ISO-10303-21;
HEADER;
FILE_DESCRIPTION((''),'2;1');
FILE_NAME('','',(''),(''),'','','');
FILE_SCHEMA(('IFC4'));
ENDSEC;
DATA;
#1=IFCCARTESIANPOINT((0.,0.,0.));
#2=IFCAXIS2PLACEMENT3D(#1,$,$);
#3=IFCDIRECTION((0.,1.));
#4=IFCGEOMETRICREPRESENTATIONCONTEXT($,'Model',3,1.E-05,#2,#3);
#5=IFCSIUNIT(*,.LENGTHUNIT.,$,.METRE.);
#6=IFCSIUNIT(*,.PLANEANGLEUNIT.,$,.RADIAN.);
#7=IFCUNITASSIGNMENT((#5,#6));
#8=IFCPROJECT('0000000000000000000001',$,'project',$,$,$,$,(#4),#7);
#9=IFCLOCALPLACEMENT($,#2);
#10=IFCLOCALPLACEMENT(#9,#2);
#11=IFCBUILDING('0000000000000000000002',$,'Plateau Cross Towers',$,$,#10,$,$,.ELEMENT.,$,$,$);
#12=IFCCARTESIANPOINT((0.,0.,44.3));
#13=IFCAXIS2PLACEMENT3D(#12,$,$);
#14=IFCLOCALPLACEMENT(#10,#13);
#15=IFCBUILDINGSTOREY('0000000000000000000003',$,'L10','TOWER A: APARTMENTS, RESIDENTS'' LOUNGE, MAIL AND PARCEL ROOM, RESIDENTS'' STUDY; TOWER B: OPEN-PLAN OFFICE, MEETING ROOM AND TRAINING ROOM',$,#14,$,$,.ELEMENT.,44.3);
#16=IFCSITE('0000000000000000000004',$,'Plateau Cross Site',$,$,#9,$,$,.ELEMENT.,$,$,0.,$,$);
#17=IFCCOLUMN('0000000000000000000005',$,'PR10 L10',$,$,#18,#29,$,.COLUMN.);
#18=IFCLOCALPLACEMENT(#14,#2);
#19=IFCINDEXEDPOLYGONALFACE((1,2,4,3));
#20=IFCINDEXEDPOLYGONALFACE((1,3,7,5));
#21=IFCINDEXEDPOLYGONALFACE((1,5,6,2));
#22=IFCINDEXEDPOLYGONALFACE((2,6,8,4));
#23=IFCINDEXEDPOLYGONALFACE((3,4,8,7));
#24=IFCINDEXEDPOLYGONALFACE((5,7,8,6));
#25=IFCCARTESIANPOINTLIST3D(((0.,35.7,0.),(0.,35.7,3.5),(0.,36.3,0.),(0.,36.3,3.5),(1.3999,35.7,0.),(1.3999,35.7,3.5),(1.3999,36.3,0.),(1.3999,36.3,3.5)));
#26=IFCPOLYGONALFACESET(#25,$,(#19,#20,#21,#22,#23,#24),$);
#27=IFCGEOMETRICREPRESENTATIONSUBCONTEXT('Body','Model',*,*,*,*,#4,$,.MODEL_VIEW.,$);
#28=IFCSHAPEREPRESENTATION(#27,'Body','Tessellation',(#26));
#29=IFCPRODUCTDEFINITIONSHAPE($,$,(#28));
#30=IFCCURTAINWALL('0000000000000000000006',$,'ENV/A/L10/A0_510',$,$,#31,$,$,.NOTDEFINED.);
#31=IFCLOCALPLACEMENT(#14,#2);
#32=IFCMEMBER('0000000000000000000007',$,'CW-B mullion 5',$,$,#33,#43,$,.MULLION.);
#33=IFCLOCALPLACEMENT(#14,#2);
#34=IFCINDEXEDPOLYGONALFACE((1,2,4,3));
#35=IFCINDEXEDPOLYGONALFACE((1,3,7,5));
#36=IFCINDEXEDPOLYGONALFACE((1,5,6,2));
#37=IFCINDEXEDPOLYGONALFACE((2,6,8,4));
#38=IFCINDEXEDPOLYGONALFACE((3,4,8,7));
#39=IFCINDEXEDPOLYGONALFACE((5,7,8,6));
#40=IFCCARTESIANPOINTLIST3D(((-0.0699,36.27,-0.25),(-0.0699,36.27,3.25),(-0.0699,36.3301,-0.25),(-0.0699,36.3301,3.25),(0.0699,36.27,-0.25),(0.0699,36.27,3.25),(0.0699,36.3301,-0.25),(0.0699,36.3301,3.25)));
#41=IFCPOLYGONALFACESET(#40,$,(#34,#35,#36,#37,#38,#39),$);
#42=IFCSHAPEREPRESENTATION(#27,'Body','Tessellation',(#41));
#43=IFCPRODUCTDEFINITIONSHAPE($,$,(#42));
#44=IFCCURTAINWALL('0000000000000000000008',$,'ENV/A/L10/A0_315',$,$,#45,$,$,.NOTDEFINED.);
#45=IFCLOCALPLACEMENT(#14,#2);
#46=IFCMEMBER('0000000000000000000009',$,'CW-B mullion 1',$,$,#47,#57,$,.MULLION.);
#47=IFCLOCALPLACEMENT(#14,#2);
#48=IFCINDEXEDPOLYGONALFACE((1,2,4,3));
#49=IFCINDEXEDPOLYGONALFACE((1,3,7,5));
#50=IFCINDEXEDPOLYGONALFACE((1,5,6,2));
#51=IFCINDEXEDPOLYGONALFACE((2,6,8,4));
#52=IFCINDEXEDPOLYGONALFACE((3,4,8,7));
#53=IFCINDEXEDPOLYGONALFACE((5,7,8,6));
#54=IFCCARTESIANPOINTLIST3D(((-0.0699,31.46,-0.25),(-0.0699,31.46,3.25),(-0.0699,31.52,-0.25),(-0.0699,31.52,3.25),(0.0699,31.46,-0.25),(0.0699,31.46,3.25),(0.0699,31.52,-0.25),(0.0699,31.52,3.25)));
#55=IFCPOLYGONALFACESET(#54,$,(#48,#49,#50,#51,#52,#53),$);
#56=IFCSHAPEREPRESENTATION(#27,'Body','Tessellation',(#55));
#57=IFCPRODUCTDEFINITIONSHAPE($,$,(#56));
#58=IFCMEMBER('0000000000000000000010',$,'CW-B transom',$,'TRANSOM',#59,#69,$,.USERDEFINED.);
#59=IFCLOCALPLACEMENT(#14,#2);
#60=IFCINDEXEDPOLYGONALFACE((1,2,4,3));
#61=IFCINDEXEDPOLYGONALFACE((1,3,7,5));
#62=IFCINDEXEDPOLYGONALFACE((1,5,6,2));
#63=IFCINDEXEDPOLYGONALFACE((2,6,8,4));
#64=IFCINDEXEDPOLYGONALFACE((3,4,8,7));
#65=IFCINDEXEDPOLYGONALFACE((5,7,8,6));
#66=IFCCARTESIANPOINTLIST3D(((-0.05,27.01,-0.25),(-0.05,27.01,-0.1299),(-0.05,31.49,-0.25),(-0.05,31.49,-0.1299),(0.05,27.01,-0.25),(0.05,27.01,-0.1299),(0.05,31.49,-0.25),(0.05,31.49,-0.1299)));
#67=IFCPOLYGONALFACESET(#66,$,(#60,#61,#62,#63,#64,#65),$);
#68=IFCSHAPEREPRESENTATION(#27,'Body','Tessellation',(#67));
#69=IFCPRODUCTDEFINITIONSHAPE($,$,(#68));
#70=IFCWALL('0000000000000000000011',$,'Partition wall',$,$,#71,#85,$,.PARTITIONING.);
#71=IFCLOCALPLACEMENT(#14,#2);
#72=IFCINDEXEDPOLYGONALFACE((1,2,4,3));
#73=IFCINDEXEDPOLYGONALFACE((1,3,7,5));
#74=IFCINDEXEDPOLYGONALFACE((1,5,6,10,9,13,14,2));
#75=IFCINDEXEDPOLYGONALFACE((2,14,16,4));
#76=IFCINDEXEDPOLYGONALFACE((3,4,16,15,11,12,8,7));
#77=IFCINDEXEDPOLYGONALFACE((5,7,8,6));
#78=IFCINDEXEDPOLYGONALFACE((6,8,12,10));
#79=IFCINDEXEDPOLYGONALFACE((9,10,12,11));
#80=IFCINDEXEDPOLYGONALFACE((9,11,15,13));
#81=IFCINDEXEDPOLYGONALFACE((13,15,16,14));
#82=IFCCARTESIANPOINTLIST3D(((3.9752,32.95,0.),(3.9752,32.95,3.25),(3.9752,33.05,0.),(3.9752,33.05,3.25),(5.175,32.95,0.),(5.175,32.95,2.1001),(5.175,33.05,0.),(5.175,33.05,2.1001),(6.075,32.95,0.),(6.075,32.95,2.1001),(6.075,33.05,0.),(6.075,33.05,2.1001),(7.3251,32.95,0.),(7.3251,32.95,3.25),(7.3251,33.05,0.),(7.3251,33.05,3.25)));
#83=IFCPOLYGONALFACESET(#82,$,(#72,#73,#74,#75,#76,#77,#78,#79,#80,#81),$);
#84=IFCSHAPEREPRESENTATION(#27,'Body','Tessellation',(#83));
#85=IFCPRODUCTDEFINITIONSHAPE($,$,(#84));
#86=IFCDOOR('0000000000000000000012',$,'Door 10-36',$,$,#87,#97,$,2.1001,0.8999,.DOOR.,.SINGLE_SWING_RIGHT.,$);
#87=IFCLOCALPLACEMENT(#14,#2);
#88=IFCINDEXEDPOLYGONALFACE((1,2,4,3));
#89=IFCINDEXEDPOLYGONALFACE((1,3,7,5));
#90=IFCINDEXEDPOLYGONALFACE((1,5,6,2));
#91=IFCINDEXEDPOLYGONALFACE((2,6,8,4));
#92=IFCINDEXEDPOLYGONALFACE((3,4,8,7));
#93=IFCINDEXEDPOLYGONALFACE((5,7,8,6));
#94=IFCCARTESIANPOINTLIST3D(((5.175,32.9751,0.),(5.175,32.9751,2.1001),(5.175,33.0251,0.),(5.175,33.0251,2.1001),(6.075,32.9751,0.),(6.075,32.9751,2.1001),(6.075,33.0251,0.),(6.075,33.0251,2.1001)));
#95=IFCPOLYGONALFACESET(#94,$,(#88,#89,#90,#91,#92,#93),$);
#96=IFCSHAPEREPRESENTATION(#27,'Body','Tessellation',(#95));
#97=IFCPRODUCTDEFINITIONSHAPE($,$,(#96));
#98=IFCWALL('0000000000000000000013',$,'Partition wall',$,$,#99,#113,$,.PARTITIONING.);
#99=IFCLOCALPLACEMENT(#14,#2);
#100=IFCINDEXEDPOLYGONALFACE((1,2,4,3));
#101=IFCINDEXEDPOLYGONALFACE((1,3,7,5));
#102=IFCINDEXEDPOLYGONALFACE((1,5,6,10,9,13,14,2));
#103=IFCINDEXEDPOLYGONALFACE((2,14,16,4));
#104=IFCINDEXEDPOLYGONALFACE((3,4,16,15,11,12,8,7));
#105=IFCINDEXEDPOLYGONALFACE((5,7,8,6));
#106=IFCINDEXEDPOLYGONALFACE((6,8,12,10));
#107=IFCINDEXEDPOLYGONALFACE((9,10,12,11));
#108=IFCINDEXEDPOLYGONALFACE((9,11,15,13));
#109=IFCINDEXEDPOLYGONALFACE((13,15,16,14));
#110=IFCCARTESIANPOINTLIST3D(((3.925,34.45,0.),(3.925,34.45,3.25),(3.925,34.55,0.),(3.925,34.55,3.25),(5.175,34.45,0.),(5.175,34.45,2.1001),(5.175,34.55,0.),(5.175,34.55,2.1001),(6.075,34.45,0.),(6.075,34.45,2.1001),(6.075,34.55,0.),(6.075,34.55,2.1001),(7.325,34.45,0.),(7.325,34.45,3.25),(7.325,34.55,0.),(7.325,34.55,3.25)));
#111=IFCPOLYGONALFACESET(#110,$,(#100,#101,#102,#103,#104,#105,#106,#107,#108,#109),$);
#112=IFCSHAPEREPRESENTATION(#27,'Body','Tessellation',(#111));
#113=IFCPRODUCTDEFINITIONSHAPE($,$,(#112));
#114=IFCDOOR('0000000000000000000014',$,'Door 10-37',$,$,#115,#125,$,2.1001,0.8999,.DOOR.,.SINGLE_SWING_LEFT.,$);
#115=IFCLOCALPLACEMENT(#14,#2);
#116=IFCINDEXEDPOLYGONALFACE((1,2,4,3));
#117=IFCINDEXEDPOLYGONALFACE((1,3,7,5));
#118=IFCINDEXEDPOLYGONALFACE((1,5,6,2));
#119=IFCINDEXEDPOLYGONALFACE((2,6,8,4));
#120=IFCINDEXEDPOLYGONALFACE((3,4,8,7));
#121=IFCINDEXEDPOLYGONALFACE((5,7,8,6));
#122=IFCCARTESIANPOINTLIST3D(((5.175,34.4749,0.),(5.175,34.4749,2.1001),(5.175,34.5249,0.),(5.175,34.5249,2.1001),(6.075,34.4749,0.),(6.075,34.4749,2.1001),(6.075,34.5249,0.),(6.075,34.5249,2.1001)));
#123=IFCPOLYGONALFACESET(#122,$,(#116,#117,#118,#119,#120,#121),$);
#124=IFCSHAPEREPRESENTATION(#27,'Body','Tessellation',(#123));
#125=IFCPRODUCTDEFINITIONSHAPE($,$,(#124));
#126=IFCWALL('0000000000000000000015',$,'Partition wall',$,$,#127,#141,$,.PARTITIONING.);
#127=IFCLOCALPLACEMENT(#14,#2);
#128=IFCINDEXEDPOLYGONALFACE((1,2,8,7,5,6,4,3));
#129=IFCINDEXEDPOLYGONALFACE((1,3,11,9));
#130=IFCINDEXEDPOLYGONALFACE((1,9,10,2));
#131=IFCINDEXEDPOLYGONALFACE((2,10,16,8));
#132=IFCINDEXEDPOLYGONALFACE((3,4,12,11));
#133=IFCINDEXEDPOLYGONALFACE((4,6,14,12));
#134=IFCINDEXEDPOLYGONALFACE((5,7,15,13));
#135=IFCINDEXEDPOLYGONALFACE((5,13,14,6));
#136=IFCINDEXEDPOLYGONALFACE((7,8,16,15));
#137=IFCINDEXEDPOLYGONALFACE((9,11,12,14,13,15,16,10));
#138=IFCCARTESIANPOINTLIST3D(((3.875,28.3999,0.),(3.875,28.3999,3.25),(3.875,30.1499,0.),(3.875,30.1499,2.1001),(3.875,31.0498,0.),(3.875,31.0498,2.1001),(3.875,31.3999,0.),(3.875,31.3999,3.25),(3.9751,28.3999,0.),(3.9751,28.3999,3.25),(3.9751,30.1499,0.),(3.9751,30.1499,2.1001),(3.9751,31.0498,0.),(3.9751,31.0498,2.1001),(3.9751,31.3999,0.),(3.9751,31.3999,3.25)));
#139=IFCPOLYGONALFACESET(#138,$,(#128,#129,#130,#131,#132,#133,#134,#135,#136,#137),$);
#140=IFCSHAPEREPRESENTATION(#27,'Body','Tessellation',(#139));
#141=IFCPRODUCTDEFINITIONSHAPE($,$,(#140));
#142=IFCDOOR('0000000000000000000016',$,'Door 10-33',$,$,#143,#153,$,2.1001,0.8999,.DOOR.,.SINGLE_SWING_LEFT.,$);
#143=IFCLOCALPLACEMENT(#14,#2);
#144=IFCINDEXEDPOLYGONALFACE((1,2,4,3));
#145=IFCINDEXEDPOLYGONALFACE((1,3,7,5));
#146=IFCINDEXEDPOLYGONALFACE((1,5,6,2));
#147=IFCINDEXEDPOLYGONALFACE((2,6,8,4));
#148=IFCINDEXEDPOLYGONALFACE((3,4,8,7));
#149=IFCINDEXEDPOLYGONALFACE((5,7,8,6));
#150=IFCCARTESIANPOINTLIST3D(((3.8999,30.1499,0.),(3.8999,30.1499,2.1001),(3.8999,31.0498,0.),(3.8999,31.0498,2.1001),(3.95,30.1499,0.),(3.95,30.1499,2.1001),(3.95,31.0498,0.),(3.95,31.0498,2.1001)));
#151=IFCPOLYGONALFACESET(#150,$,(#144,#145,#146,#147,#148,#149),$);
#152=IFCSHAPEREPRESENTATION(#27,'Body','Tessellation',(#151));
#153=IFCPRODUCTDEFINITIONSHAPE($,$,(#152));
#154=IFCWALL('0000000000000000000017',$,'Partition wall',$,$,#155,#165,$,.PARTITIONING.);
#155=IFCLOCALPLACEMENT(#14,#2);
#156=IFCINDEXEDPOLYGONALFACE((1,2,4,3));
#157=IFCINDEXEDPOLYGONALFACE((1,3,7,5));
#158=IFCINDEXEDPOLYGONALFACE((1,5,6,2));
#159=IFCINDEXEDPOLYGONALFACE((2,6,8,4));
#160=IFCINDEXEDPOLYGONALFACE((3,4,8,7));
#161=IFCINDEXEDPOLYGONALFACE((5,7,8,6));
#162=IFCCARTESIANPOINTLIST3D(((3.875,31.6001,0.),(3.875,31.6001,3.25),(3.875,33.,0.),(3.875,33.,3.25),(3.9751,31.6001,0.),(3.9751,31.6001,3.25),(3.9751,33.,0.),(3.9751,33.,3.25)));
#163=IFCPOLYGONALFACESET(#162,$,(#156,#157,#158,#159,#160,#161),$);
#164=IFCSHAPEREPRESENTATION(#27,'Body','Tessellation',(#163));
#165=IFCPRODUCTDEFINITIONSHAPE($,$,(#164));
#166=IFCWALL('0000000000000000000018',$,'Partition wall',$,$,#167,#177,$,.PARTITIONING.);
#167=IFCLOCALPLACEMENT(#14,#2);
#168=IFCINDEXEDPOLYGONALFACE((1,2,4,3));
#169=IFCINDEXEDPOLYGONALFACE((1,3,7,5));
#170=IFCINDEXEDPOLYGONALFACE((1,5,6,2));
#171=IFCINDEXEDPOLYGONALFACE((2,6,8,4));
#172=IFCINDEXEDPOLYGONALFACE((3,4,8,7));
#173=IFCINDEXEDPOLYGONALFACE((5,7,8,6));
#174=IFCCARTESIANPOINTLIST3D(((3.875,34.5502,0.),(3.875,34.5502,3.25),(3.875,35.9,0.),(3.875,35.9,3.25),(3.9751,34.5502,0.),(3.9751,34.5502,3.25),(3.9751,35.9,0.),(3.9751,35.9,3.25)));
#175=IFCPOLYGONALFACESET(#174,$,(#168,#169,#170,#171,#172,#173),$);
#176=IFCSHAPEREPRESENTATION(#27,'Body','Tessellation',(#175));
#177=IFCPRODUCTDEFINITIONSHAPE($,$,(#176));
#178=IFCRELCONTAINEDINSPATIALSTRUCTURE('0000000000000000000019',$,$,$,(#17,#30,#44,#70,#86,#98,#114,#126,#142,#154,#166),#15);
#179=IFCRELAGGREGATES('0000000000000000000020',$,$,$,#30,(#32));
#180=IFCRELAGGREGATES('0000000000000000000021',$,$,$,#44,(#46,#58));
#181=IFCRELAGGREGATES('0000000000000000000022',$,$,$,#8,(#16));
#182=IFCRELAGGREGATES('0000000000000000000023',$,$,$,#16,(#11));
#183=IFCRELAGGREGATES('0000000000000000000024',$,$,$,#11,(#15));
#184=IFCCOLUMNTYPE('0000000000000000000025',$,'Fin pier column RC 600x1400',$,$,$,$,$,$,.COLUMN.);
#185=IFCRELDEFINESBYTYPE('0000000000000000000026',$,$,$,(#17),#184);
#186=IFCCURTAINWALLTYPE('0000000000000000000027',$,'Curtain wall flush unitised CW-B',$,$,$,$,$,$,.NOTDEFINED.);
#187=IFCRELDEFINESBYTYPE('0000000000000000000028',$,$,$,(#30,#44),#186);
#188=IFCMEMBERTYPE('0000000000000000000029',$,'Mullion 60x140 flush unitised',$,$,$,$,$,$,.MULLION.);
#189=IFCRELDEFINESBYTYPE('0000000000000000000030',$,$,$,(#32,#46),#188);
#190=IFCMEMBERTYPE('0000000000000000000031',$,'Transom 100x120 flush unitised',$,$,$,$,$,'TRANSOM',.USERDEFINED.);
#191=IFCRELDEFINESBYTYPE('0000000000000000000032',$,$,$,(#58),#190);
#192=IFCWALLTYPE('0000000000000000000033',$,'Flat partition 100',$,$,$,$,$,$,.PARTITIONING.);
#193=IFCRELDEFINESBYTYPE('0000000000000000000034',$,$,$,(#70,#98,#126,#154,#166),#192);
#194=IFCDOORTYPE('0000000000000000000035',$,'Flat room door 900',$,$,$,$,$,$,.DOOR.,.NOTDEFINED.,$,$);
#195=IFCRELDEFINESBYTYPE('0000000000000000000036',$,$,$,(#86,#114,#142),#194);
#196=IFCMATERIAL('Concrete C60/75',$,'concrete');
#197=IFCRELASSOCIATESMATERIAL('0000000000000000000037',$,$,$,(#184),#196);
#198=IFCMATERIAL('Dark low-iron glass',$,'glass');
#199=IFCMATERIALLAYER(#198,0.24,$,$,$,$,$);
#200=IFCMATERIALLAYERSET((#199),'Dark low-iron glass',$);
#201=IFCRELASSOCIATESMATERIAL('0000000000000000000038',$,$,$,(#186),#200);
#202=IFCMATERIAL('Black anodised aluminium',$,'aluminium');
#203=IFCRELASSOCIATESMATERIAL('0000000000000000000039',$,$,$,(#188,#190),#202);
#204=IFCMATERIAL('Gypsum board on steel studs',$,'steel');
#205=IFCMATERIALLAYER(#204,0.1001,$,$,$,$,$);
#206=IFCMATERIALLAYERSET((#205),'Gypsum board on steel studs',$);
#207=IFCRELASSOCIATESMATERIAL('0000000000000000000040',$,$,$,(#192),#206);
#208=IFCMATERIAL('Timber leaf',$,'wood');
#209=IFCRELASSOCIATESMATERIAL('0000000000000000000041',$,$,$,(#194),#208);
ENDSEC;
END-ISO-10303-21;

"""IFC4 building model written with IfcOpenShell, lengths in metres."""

from ifc_helpers import new_model, si_unit, direction, frame, frame_2d, origin, origin_2d, place, context, subcontext, project, spatial, rectangle, extrude, material, layer, layer_set, material_profile, profile_set, type_object, element, fill, aggregate, save


model = new_model("IFC4")

# Units and contexts
model_context = context("Model", 3, precision=1e-05, world=origin(), true_north=direction((0.0, 1.0)))
body_context = subcontext(model_context, "Body", "Model", "MODEL_VIEW")
ifc_project = project(units=[si_unit("LENGTHUNIT", "METRE"), si_unit("PLANEANGLEUNIT", "RADIAN")], contexts=[model_context])

# Site, building, storey
site_placement = place(None, origin())
site = spatial("IfcSite", under=ifc_project, at=site_placement, Name="Plateau Cross Site", CompositionType="ELEMENT", RefElevation=0.0)
building_placement = place(site_placement, origin())
building = spatial("IfcBuilding", under=site, at=building_placement, Name="Plateau Cross Towers", CompositionType="ELEMENT")
storey_placement = place(building_placement, frame((0.0, 0.0, 44.3)))
storey = spatial("IfcBuildingStorey", under=building, at=storey_placement, Name="L10", Description="TOWER A: APARTMENTS, RESIDENTS' LOUNGE, MAIL AND PARCEL ROOM, RESIDENTS' STUDY; TOWER B: OPEN-PLAN OFFICE, MEETING ROOM AND TRAINING ROOM", CompositionType="ELEMENT", Elevation=44.3)

# Column
ifc_material_1 = material(Name="Concrete C60/75", Category="concrete")
ifc_material_profile_1 = material_profile(ifc_material_1, rectangle(XDim=0.6001, YDim=1.3999, at=origin_2d()), Name="RC 600x1400")
ifc_profile_set_1 = profile_set([ifc_material_profile_1], Name="Concrete C60/75")
column_type = type_object("IfcColumnType", Name="Fin pier column RC 600x1400", PredefinedType="COLUMN", material=ifc_profile_set_1)
column_placement = place(storey_placement, frame((0.7, 36.0, 0.0), z_axis=(0.0, 0.0, 1.0), x_axis=(0.0, 1.0, 0.0)))
element("IfcColumn", 1, at=column_placement, inside=storey, type_object=column_type, Name="PR10 L10", PredefinedType="COLUMN", context=body_context, shape_type="SweptSolid", body=[
    extrude(rectangle(XDim=0.6001, YDim=1.3999, at=origin_2d()), origin(), (0.0, 0.0, 1.0), 3.5),
])

# Curtain wall, member
ifc_material_2 = material(Name="Dark low-iron glass", Category="glass")
ifc_layer_1 = layer(ifc_material_2, 0.24)
ifc_layer_set_1 = layer_set([ifc_layer_1], Name="Dark low-iron glass")
curtain_wall_type = type_object("IfcCurtainWallType", Name="Curtain wall flush unitised CW-B", PredefinedType="NOTDEFINED", material=ifc_layer_set_1)
curtain_wall_1_placement = place(storey_placement, origin())
curtain_wall_1 = element("IfcCurtainWall", 2, at=curtain_wall_1_placement, inside=storey, type_object=curtain_wall_type, Name="ENV/A/L10/A0_510", PredefinedType="NOTDEFINED")
ifc_material_3 = material(Name="Black anodised aluminium", Category="aluminium")
ifc_material_profile_2 = material_profile(ifc_material_3, rectangle(XDim=0.0601, YDim=0.1399, at=origin_2d()), Name="MULLION 60x140")
ifc_profile_set_2 = profile_set([ifc_material_profile_2], Name="Black anodised aluminium")
member_type_1 = type_object("IfcMemberType", Name="Mullion 60x140 flush unitised", PredefinedType="MULLION", material=ifc_profile_set_2)
member_1_placement = place(storey_placement, frame((0.0, 36.3, -0.25), z_axis=(0.0, 0.0, 1.0), x_axis=(0.0, -1.0, 0.0)))
member_1 = element("IfcMember", 3, at=member_1_placement, type_object=member_type_1, Name="CW-B mullion 5", PredefinedType="MULLION", context=body_context, shape_type="SweptSolid", body=[
    extrude(rectangle(XDim=0.0601, YDim=0.1399, at=origin_2d()), origin(), (0.0, 0.0, 1.0), 3.5),
])
aggregate(curtain_wall_1, [member_1])

# Curtain wall, members
curtain_wall_2_placement = place(storey_placement, origin())
curtain_wall_2 = element("IfcCurtainWall", 4, at=curtain_wall_2_placement, inside=storey, type_object=curtain_wall_type, Name="ENV/A/L10/A0_315", PredefinedType="NOTDEFINED")
member_2_placement = place(storey_placement, frame((0.0, 31.49, -0.25), z_axis=(0.0, 0.0, 1.0), x_axis=(0.0, -1.0, 0.0)))
member_2 = element("IfcMember", 5, at=member_2_placement, type_object=member_type_1, Name="CW-B mullion 1", PredefinedType="MULLION", context=body_context, shape_type="SweptSolid", body=[
    extrude(rectangle(XDim=0.0601, YDim=0.1399, at=origin_2d()), origin(), (0.0, 0.0, 1.0), 3.5),
])
ifc_material_profile_3 = material_profile(ifc_material_3, rectangle(XDim=0.1001, YDim=0.1201, at=origin_2d()), Name="TRANSOM 100x120")
ifc_profile_set_3 = profile_set([ifc_material_profile_3], Name="Black anodised aluminium")
member_type_2 = type_object("IfcMemberType", Name="Transom 100x120 flush unitised", ElementType="TRANSOM", PredefinedType="USERDEFINED", material=ifc_profile_set_3)
member_3_placement = place(storey_placement, frame((0.0, 31.49, -0.1899), z_axis=(0.0, -1.0, 0.0), x_axis=(1.0, 0.0, 0.0)))
member_3 = element("IfcMember", 6, at=member_3_placement, type_object=member_type_2, Name="CW-B transom", ObjectType="TRANSOM", PredefinedType="USERDEFINED", context=body_context, shape_type="SweptSolid", body=[
    extrude(rectangle(XDim=0.1001, YDim=0.1201, at=origin_2d()), origin(), (0.0, 0.0, 1.0), 4.48),
])
aggregate(curtain_wall_2, [member_2, member_3])

# Walls, openings, doors
ifc_material_4 = material(Name="Gypsum board on steel studs", Category="steel")
ifc_layer_2 = layer(ifc_material_4, 0.1001)
ifc_layer_set_2 = layer_set([ifc_layer_2], Name="Gypsum board on steel studs")
wall_type_1 = type_object("IfcWallType", Name="Flat partition 100", PredefinedType="PARTITIONING", material=ifc_layer_set_2)
wall_1_placement = place(storey_placement, frame((7.325, 33.0, 0.0), z_axis=(0.0, 0.0, 1.0), x_axis=(-1.0, 0.0, 0.0)))
wall_1 = element("IfcWall", 7, at=wall_1_placement, inside=storey, type_object=wall_type_1, Name="Partition wall", PredefinedType="PARTITIONING", context=body_context, shape_type="SweptSolid", body=[
    extrude(rectangle(XDim=3.3499, YDim=0.1001, at=frame_2d((1.6748, 0.0))), origin(), (0.0, 0.0, 1.0), 3.25),
])
opening_1_placement = place(wall_1_placement, frame((1.25, 0.0, 0.0)))
opening_1 = element("IfcOpeningElement", 8, at=opening_1_placement, cuts=wall_1, PredefinedType="OPENING", context=body_context, shape_type="SweptSolid", body=[
    extrude(rectangle(XDim=0.8999, YDim=2.1001, at=frame_2d((0.45, 1.05))), frame((0.0, 0.0601, 0.0), z_axis=(0.0, -1.0, 0.0), x_axis=(1.0, 0.0, 0.0)), (0.0, 0.0, 1.0), 0.1201),
])
ifc_material_5 = material(Name="Timber leaf", Category="wood")
door_type_1 = type_object("IfcDoorType", Name="Flat room door 900", OperationType="NOTDEFINED", PredefinedType="DOOR", material=ifc_material_5)
door_1_placement = place(opening_1_placement, origin())
door_1 = element("IfcDoor", 9, at=door_1_placement, inside=storey, type_object=door_type_1, Name="Door 10-36", OperationType="SINGLE_SWING_RIGHT", OverallHeight=2.1001, OverallWidth=0.8999, PredefinedType="DOOR", context=body_context, shape_type="SweptSolid", body=[
    extrude(rectangle(XDim=0.8999, YDim=2.1001, at=frame_2d((0.45, 1.05))), frame((0.0, 0.0249, 0.0), z_axis=(0.0, -1.0, 0.0), x_axis=(1.0, 0.0, 0.0)), (0.0, 0.0, 1.0), 0.05),
])
fill(opening_1, door_1)
wall_2_placement = place(storey_placement, frame((3.925, 34.5, 0.0), z_axis=(0.0, 0.0, 1.0), x_axis=(1.0, 0.0, 0.0)))
wall_2 = element("IfcWall", 10, at=wall_2_placement, inside=storey, type_object=wall_type_1, Name="Partition wall", PredefinedType="PARTITIONING", context=body_context, shape_type="SweptSolid", body=[
    extrude(rectangle(XDim=3.3999, YDim=0.1001, at=frame_2d((1.7, 0.0))), origin(), (0.0, 0.0, 1.0), 3.25),
])
opening_2_placement = place(wall_2_placement, frame((1.25, 0.0, 0.0)))
opening_2 = element("IfcOpeningElement", 11, at=opening_2_placement, cuts=wall_2, PredefinedType="OPENING", context=body_context, shape_type="SweptSolid", body=[
    extrude(rectangle(XDim=0.8999, YDim=2.1001, at=frame_2d((0.45, 1.05))), frame((0.0, 0.0601, 0.0), z_axis=(0.0, -1.0, 0.0), x_axis=(1.0, 0.0, 0.0)), (0.0, 0.0, 1.0), 0.1201),
])
door_2_placement = place(opening_2_placement, origin())
door_2 = element("IfcDoor", 12, at=door_2_placement, inside=storey, type_object=door_type_1, Name="Door 10-37", OperationType="SINGLE_SWING_LEFT", OverallHeight=2.1001, OverallWidth=0.8999, PredefinedType="DOOR", context=body_context, shape_type="SweptSolid", body=[
    extrude(rectangle(XDim=0.8999, YDim=2.1001, at=frame_2d((0.45, 1.05))), frame((0.0, 0.0249, 0.0), z_axis=(0.0, -1.0, 0.0), x_axis=(1.0, 0.0, 0.0)), (0.0, 0.0, 1.0), 0.05),
])
fill(opening_2, door_2)
wall_3_placement = place(storey_placement, frame((3.925, 31.3999, 0.0), z_axis=(0.0, 0.0, 1.0), x_axis=(0.0, -1.0, 0.0)))
wall_3 = element("IfcWall", 13, at=wall_3_placement, inside=storey, type_object=wall_type_1, Name="Partition wall", PredefinedType="PARTITIONING", context=body_context, shape_type="SweptSolid", body=[
    extrude(rectangle(XDim=3.0, YDim=0.1001, at=frame_2d((1.5, 0.0))), origin(), (0.0, 0.0, 1.0), 3.25),
])
opening_3_placement = place(wall_3_placement, frame((0.3501, 0.0, 0.0)))
opening_3 = element("IfcOpeningElement", 14, at=opening_3_placement, cuts=wall_3, PredefinedType="OPENING", context=body_context, shape_type="SweptSolid", body=[
    extrude(rectangle(XDim=0.8999, YDim=2.1001, at=frame_2d((0.45, 1.05))), frame((0.0, 0.0601, 0.0), z_axis=(0.0, -1.0, 0.0), x_axis=(1.0, 0.0, 0.0)), (0.0, 0.0, 1.0), 0.1201),
])
door_3_placement = place(opening_3_placement, origin())
door_3 = element("IfcDoor", 15, at=door_3_placement, inside=storey, type_object=door_type_1, Name="Door 10-33", OperationType="SINGLE_SWING_LEFT", OverallHeight=2.1001, OverallWidth=0.8999, PredefinedType="DOOR", context=body_context, shape_type="SweptSolid", body=[
    extrude(rectangle(XDim=0.8999, YDim=2.1001, at=frame_2d((0.45, 1.05))), frame((0.0, 0.0249, 0.0), z_axis=(0.0, -1.0, 0.0), x_axis=(1.0, 0.0, 0.0)), (0.0, 0.0, 1.0), 0.05),
])
fill(opening_3, door_3)

# Walls
wall_4_placement = place(storey_placement, frame((3.925, 33.0, 0.0), z_axis=(0.0, 0.0, 1.0), x_axis=(0.0, -1.0, 0.0)))
element("IfcWall", 16, at=wall_4_placement, inside=storey, type_object=wall_type_1, Name="Partition wall", PredefinedType="PARTITIONING", context=body_context, shape_type="SweptSolid", body=[
    extrude(rectangle(XDim=1.3999, YDim=0.1001, at=frame_2d((0.7, 0.0))), origin(), (0.0, 0.0, 1.0), 3.25),
])
for number, where, z_axis, x_axis, name in (
    (17, (3.925, 35.8999, 0.0), (0.0, 0.0, 1.0), (0.0, -1.0, 0.0), "Partition wall"),
):
    element("IfcWall", number, at=place(storey_placement, frame(where, z_axis=z_axis, x_axis=x_axis)), inside=storey, type_object=wall_type_1, Name=name, PredefinedType="PARTITIONING", context=body_context, shape_type="SweptSolid", body=[
        extrude(rectangle(XDim=1.3499, YDim=0.1001, at=frame_2d((0.6748, 0.0))), origin(), (0.0, 0.0, 1.0), 3.25),
    ])

save(model, "model.ifc")
